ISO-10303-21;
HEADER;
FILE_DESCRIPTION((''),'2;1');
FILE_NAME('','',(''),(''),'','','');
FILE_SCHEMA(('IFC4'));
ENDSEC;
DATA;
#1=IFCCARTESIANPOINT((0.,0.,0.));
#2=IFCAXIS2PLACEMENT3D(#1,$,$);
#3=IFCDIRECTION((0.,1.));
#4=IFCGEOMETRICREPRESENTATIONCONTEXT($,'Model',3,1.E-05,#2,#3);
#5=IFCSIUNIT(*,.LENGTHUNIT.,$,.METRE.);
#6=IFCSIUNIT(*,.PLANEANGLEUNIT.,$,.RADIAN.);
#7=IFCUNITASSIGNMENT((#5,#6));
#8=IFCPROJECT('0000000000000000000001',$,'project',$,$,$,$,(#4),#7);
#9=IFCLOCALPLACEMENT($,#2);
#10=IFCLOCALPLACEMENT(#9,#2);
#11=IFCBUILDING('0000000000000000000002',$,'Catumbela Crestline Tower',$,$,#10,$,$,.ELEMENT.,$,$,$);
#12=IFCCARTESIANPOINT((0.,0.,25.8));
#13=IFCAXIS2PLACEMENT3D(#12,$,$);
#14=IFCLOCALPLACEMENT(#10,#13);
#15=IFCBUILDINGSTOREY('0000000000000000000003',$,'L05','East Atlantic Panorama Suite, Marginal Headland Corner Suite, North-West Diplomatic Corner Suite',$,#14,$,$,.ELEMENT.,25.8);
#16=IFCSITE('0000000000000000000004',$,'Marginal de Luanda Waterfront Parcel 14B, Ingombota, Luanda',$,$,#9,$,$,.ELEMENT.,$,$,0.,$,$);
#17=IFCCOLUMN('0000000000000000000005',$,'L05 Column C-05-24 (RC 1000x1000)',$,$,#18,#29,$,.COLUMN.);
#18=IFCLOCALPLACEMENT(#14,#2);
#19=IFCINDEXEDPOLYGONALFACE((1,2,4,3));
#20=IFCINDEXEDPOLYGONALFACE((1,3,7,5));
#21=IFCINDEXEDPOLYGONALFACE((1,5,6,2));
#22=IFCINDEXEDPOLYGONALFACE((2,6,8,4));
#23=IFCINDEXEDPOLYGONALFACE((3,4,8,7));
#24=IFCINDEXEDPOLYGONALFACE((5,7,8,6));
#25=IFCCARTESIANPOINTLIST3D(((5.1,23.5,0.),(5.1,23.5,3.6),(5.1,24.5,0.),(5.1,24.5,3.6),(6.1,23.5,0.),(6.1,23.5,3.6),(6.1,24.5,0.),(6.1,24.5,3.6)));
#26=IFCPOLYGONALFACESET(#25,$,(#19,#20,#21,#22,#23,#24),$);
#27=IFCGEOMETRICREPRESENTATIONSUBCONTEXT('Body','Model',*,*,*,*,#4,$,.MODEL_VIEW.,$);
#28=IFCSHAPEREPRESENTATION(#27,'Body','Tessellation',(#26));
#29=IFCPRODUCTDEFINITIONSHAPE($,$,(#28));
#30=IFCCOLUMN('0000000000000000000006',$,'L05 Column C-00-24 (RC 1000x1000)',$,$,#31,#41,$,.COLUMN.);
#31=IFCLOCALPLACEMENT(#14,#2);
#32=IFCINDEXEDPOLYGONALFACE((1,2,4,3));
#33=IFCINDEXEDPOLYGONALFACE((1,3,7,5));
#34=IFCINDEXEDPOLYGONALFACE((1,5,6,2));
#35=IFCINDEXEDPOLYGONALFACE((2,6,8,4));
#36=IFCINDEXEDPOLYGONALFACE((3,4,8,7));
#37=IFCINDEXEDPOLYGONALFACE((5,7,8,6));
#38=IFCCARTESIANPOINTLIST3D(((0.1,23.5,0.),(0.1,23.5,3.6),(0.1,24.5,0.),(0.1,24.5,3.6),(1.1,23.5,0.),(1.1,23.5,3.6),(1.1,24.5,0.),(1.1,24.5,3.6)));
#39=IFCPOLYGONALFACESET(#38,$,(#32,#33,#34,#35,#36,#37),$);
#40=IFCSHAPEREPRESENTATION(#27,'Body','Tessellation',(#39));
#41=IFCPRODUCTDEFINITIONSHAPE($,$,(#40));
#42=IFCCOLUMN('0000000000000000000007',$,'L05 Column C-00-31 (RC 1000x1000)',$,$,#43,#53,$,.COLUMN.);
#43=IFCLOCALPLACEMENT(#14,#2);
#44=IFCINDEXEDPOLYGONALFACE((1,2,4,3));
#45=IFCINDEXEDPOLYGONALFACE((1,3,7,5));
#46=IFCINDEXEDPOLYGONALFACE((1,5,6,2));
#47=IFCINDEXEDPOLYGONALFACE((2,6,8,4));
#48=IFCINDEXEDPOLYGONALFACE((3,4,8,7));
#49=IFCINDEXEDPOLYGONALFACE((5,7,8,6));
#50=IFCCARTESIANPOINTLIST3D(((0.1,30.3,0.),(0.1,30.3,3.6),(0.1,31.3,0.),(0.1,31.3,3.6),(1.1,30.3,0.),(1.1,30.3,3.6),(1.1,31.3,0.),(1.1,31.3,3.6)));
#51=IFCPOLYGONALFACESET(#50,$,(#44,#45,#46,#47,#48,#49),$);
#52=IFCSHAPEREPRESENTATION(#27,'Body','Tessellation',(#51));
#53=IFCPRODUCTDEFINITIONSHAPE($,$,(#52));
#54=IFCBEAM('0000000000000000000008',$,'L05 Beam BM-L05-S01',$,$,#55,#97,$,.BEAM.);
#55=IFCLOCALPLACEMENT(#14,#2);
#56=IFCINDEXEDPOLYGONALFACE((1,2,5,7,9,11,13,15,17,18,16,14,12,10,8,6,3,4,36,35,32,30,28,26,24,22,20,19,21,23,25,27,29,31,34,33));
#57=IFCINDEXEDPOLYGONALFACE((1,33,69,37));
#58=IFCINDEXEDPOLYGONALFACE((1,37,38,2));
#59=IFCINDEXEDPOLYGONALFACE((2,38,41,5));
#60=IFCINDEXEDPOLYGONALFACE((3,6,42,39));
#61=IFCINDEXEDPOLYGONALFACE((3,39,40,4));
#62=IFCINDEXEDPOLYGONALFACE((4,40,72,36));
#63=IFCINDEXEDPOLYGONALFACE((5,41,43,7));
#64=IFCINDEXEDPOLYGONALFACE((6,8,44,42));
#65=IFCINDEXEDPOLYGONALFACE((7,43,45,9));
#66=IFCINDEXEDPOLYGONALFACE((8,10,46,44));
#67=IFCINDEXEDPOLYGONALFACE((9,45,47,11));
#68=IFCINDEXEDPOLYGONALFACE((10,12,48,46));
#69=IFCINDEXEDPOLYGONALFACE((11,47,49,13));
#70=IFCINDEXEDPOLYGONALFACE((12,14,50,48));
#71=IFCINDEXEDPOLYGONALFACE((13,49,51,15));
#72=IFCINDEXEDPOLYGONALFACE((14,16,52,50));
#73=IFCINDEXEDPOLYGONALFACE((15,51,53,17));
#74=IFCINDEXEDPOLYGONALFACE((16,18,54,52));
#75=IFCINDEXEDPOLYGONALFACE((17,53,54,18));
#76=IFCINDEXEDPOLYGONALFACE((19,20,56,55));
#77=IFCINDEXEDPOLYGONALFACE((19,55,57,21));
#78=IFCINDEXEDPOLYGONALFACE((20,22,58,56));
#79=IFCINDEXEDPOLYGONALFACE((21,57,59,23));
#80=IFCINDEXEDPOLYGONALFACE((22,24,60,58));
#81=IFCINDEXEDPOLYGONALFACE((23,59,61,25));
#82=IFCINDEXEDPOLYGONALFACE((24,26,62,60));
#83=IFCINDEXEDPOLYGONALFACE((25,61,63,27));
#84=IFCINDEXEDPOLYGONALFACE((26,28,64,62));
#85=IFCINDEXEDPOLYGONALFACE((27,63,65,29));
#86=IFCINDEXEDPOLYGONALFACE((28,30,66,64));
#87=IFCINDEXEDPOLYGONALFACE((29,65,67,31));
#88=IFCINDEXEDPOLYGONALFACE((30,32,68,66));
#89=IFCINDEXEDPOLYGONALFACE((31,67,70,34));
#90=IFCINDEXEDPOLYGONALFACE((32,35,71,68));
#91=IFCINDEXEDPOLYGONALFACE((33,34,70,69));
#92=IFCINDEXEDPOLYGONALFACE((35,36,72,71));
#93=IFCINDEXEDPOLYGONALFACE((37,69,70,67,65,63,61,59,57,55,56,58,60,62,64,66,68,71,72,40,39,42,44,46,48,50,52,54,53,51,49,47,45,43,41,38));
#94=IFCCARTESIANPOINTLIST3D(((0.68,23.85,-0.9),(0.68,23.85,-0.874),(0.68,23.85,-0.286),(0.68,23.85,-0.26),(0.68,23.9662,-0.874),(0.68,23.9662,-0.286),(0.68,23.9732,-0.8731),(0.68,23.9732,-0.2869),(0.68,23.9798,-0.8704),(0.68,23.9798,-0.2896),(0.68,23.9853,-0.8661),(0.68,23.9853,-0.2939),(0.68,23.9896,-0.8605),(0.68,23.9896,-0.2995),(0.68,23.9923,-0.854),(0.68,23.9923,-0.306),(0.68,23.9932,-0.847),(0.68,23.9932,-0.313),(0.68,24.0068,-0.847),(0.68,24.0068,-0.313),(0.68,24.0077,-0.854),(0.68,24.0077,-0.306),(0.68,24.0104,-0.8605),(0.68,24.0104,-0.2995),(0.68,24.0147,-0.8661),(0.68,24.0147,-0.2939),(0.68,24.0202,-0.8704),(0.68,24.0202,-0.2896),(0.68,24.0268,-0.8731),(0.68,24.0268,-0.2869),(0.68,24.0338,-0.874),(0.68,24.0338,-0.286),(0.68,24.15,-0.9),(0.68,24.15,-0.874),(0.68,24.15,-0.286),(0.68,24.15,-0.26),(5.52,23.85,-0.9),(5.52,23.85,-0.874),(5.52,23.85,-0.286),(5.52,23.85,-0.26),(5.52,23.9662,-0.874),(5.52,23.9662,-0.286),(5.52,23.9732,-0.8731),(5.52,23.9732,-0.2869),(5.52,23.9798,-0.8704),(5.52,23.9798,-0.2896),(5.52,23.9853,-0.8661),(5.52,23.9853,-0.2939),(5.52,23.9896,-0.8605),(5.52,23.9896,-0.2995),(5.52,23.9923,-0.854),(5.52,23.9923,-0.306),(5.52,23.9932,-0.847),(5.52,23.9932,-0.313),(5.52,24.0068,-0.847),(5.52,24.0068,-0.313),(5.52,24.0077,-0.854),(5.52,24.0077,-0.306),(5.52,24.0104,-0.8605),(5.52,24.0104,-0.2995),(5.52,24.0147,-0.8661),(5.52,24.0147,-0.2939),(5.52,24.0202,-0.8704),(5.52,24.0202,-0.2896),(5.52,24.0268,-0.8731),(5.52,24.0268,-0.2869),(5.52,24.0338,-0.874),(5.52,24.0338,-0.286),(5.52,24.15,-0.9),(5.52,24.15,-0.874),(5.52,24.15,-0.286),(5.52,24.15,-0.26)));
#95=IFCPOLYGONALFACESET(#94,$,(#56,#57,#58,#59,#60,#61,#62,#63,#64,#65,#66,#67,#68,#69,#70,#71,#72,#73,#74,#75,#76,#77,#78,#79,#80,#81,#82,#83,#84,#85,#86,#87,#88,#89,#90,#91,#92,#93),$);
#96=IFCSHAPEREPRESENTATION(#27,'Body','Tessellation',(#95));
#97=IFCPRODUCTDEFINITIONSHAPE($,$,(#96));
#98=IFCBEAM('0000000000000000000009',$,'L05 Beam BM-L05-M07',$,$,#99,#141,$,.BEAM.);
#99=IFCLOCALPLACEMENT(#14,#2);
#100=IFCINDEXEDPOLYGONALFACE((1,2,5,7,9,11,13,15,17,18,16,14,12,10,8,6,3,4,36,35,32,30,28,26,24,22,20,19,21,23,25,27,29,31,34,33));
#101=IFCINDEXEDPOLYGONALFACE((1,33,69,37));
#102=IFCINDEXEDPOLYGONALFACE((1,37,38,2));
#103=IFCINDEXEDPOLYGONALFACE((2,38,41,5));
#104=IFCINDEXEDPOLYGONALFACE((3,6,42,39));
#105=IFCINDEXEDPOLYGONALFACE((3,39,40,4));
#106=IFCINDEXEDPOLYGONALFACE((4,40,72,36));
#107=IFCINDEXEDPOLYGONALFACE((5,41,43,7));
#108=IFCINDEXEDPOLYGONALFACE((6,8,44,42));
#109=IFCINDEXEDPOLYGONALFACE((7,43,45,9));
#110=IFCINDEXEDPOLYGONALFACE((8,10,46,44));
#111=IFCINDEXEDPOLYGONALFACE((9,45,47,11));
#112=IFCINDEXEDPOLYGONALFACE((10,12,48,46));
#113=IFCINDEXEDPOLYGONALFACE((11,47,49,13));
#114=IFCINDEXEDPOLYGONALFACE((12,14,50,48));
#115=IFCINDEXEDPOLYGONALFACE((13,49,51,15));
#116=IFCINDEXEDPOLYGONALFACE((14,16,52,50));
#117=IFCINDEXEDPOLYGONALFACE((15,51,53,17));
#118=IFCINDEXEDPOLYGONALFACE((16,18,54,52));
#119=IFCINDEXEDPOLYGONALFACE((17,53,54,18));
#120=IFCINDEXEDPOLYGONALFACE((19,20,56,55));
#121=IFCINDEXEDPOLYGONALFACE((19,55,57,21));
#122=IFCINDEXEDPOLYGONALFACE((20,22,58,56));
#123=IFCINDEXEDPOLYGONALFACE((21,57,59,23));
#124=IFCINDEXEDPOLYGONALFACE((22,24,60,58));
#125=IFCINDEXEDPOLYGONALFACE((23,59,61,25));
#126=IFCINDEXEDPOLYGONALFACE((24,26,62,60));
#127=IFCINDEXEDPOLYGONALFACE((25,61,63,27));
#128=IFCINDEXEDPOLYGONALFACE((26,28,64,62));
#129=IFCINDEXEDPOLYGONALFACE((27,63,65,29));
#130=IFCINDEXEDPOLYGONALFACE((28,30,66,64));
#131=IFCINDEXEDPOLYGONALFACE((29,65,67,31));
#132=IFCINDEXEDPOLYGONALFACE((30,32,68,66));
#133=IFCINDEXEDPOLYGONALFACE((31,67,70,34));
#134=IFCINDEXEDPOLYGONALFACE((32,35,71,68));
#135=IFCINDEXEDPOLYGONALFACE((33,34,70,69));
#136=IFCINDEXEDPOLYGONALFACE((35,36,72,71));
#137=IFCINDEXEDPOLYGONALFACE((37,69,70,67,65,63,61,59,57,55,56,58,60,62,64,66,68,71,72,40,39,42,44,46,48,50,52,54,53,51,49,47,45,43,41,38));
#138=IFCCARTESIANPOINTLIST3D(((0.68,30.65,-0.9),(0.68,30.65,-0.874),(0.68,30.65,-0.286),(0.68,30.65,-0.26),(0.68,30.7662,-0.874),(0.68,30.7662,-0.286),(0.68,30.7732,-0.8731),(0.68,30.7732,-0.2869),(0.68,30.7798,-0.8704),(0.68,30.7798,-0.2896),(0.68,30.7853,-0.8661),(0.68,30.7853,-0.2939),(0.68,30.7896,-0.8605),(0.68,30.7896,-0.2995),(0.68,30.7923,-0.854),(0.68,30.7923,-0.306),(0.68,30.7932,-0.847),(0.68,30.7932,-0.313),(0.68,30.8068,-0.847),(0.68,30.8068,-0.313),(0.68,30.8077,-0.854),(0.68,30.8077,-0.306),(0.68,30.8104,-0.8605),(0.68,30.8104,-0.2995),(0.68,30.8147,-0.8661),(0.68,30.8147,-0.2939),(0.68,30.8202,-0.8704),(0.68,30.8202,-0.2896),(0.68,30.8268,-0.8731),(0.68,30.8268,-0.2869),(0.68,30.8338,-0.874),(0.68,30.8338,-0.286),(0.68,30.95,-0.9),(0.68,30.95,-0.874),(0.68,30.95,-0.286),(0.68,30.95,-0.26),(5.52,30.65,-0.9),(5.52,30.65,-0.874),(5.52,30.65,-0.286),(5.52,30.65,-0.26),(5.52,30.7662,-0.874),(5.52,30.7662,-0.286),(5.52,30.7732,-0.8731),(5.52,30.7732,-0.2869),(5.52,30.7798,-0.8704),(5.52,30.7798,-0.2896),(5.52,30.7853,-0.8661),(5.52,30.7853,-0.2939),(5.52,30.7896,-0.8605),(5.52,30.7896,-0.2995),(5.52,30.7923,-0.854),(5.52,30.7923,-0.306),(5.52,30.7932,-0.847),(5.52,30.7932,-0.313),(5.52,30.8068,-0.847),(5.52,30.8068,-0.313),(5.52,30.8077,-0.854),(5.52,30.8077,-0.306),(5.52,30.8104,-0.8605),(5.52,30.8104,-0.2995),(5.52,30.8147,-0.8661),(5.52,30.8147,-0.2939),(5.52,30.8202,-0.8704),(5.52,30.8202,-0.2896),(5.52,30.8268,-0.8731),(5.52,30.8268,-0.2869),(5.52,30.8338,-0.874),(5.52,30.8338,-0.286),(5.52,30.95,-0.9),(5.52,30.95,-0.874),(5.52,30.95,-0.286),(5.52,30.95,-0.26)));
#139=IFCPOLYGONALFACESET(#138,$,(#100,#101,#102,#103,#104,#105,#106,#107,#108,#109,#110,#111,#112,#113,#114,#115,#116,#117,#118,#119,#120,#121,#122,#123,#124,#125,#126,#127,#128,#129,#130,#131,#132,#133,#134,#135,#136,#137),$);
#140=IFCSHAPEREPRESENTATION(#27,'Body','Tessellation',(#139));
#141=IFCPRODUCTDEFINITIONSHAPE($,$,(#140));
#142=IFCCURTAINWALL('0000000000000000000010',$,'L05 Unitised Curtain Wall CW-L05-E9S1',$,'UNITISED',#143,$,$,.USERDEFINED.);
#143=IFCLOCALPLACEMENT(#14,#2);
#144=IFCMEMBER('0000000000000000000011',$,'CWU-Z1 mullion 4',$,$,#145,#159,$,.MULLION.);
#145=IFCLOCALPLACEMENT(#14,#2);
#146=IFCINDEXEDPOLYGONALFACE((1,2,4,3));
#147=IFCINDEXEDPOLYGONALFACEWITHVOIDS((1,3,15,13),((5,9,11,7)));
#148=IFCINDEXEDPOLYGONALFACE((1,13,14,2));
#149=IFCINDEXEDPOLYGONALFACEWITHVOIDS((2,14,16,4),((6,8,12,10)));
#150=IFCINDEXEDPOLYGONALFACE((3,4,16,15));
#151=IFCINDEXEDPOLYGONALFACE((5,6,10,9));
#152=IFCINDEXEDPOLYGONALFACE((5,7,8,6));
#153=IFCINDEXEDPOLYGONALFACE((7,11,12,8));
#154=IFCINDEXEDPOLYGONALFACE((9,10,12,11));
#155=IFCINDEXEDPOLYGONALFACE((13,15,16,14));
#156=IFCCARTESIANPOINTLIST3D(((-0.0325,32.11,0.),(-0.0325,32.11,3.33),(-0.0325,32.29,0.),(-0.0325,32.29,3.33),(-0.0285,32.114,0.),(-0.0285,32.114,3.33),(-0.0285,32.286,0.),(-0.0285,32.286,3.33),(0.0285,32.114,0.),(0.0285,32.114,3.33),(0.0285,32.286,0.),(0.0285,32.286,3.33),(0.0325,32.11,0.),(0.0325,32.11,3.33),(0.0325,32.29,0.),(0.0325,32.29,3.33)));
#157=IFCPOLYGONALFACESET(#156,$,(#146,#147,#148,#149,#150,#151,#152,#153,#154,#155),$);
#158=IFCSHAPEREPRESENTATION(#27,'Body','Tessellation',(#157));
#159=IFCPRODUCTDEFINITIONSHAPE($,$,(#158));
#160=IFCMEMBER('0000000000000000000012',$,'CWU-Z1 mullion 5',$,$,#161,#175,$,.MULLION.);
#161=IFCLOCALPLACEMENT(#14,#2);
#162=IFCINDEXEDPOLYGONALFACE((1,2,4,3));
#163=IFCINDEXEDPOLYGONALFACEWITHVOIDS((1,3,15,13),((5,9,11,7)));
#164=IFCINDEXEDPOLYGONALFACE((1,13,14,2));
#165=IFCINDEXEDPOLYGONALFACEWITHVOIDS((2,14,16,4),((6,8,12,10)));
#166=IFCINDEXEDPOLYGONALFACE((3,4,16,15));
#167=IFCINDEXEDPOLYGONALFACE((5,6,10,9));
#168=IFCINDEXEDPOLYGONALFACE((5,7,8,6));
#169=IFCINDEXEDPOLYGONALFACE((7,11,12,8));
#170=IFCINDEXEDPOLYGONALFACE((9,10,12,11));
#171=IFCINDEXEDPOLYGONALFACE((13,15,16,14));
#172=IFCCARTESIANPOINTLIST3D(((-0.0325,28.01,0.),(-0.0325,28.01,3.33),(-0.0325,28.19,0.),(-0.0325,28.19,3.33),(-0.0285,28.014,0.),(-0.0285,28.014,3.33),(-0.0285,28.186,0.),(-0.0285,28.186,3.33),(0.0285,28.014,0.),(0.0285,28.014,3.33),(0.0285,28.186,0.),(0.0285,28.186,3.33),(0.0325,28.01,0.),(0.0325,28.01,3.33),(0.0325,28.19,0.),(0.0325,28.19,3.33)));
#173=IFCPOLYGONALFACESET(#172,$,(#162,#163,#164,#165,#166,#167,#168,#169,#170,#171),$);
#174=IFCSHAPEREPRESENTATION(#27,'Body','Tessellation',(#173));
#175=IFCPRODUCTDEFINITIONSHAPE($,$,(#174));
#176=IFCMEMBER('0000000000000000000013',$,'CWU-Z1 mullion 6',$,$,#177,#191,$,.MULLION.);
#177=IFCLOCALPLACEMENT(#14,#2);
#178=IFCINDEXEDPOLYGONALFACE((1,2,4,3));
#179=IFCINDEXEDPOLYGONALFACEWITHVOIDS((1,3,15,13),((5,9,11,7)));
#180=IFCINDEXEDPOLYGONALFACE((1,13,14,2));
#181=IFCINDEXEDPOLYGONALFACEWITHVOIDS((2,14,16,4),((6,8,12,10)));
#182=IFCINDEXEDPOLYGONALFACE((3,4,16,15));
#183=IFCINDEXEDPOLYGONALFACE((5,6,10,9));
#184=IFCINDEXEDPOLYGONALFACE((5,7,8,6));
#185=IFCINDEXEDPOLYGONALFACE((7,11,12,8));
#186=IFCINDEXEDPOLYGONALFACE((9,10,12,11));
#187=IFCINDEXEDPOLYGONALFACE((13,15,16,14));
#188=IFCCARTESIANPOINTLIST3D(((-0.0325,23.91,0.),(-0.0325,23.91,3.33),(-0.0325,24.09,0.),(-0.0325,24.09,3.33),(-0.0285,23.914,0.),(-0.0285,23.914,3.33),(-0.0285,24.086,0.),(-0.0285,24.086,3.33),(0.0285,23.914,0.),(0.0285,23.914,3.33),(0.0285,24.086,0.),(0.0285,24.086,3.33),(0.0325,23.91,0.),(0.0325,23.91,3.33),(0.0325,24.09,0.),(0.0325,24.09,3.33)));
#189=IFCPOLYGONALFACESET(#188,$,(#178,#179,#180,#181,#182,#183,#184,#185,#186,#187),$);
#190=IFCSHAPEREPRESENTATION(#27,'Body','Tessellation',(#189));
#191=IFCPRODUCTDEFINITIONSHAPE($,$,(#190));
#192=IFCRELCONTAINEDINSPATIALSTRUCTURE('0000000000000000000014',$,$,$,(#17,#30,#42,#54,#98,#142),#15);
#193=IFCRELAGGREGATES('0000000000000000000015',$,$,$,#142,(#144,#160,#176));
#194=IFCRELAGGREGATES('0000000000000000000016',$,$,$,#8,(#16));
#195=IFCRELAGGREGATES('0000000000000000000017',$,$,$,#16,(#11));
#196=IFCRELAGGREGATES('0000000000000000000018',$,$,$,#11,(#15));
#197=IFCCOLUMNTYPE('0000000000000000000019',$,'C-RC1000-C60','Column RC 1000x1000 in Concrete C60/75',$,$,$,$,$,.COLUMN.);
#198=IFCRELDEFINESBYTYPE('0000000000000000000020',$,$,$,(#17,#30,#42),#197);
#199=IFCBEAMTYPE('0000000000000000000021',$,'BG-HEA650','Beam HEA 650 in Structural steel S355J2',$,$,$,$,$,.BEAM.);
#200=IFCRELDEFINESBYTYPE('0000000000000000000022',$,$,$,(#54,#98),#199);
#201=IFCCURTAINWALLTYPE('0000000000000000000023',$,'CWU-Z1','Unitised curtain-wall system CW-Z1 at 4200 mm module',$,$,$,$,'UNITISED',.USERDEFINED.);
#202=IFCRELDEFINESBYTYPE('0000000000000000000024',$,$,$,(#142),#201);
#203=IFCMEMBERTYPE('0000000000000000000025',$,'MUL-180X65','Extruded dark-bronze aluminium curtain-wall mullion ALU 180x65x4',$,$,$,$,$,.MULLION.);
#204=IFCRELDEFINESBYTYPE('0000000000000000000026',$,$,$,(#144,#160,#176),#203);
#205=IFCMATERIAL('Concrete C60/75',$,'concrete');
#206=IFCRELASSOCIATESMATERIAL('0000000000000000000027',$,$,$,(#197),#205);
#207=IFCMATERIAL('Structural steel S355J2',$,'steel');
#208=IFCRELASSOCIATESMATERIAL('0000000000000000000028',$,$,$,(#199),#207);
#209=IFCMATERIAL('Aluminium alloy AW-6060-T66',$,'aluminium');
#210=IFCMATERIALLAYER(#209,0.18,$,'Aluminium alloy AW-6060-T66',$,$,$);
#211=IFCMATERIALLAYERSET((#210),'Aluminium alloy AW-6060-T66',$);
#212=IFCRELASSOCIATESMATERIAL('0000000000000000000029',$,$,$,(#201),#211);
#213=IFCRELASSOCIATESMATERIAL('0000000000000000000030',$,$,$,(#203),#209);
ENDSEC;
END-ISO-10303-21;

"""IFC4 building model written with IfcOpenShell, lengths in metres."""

from ifc_helpers import new_model, si_unit, direction, frame, origin, origin_2d, place, context, subcontext, project, spatial, rectangle, hollow_rectangle, i_section, extrude, material, layer, layer_set, material_profile, profile_set, type_object, element, aggregate, save


model = new_model("IFC4")

# Units and contexts
model_context = context("Model", 3, precision=1e-05, world=origin(), true_north=direction((0.0, 1.0)))
body_context = subcontext(model_context, "Body", "Model", "MODEL_VIEW")
ifc_project = project(units=[si_unit("LENGTHUNIT", "METRE"), si_unit("PLANEANGLEUNIT", "RADIAN")], contexts=[model_context])

# Site, building, storey
site_placement = place(None, origin())
site = spatial("IfcSite", under=ifc_project, at=site_placement, Name="Marginal de Luanda Waterfront Parcel 14B, Ingombota, Luanda", CompositionType="ELEMENT", RefElevation=0.0)
building_placement = place(site_placement, origin())
building = spatial("IfcBuilding", under=site, at=building_placement, Name="Catumbela Crestline Tower", CompositionType="ELEMENT")
storey_placement = place(building_placement, frame((0.0, 0.0, 25.8)))
storey = spatial("IfcBuildingStorey", under=building, at=storey_placement, Name="L05", Description="East Atlantic Panorama Suite, Marginal Headland Corner Suite, North-West Diplomatic Corner Suite", CompositionType="ELEMENT", Elevation=25.8)

# Columns
ifc_material_1 = material(Name="Concrete C60/75", Category="concrete")
ifc_material_profile_1 = material_profile(ifc_material_1, rectangle(XDim=1.0, YDim=1.0, at=origin_2d()), Name="RC 1000x1000")
ifc_profile_set_1 = profile_set([ifc_material_profile_1], Name="Concrete C60/75")
column_type = type_object("IfcColumnType", Name="C-RC1000-C60", Description="Column RC 1000x1000 in Concrete C60/75", PredefinedType="COLUMN", material=ifc_profile_set_1)
for number, where, z_axis, x_axis, name in (
    (1, (5.6, 24.0, 0.0), (0.0, 0.0, 1.0), (1.0, 0.0, 0.0), "L05 Column C-05-24 (RC 1000x1000)"),
    (2, (0.6, 24.0, 0.0), (0.0, 0.0, 1.0), (1.0, 0.0, 0.0), "L05 Column C-00-24 (RC 1000x1000)"),
    (3, (0.6, 30.8, 0.0), (0.0, 0.0, 1.0), (1.0, 0.0, 0.0), "L05 Column C-00-31 (RC 1000x1000)"),
):
    element("IfcColumn", number, at=place(storey_placement, frame(where, z_axis=z_axis, x_axis=x_axis)), inside=storey, type_object=column_type, Name=name, PredefinedType="COLUMN", context=body_context, shape_type="SweptSolid", body=[
        extrude(rectangle(XDim=1.0, YDim=1.0, at=origin_2d()), origin(), (0.0, 0.0, 1.0), 3.6),
    ])

# Beams
ifc_material_2 = material(Name="Structural steel S355J2", Category="steel")
ifc_material_profile_2 = material_profile(ifc_material_2, i_section(OverallWidth=0.3, OverallDepth=0.64, WebThickness=0.0135, FlangeThickness=0.026, FilletRadius=0.027, at=origin_2d()), Name="HEA 650")
ifc_profile_set_2 = profile_set([ifc_material_profile_2], Name="Structural steel S355J2")
beam_type_1 = type_object("IfcBeamType", Name="BG-HEA650", Description="Beam HEA 650 in Structural steel S355J2", PredefinedType="BEAM", material=ifc_profile_set_2)
for number, where, z_axis, x_axis, name in (
    (4, (0.68, 24.0, -0.58), (1.0, 0.0, 0.0), (0.0, 1.0, 0.0), "L05 Beam BM-L05-S01"),
    (5, (0.68, 30.8, -0.58), (1.0, 0.0, 0.0), (0.0, 1.0, 0.0), "L05 Beam BM-L05-M07"),
):
    element("IfcBeam", number, at=place(storey_placement, frame(where, z_axis=z_axis, x_axis=x_axis)), inside=storey, type_object=beam_type_1, Name=name, PredefinedType="BEAM", context=body_context, shape_type="SweptSolid", body=[
        extrude(i_section(OverallWidth=0.3, OverallDepth=0.64, WebThickness=0.0135, FlangeThickness=0.026, FilletRadius=0.027, at=origin_2d()), origin(), (0.0, 0.0, 1.0), 4.84),
    ])

# Curtain wall, members
ifc_material_3 = material(Name="Aluminium alloy AW-6060-T66", Category="aluminium")
ifc_layer_1 = layer(ifc_material_3, 0.18, Name="Aluminium alloy AW-6060-T66")
ifc_layer_set_1 = layer_set([ifc_layer_1], Name="Aluminium alloy AW-6060-T66")
curtain_wall_type = type_object("IfcCurtainWallType", Name="CWU-Z1", Description="Unitised curtain-wall system CW-Z1 at 4200 mm module", ElementType="UNITISED", PredefinedType="USERDEFINED", material=ifc_layer_set_1)
curtain_wall_placement = place(storey_placement, origin())
curtain_wall = element("IfcCurtainWall", 6, at=curtain_wall_placement, inside=storey, type_object=curtain_wall_type, Name="L05 Unitised Curtain Wall CW-L05-E9S1", ObjectType="UNITISED", PredefinedType="USERDEFINED")
ifc_material_profile_3 = material_profile(ifc_material_3, hollow_rectangle(XDim=0.065, YDim=0.18, WallThickness=0.004, at=origin_2d()), Name="ALU 180x65x4")
ifc_profile_set_3 = profile_set([ifc_material_profile_3], Name="Aluminium alloy AW-6060-T66")
member_type_1 = type_object("IfcMemberType", Name="MUL-180X65", Description="Extruded dark-bronze aluminium curtain-wall mullion ALU 180x65x4", PredefinedType="MULLION", material=ifc_profile_set_3)
member_1_placement = place(storey_placement, frame((0.0, 32.2, 0.0), z_axis=(0.0, 0.0, 1.0), x_axis=(1.0, 0.0, 0.0)))
member_1 = element("IfcMember", 7, at=member_1_placement, type_object=member_type_1, Name="CWU-Z1 mullion 4", PredefinedType="MULLION", context=body_context, shape_type="SweptSolid", body=[
    extrude(hollow_rectangle(XDim=0.065, YDim=0.18, WallThickness=0.004, at=origin_2d()), origin(), (0.0, 0.0, 1.0), 3.33),
])
member_2_placement = place(storey_placement, frame((0.0, 28.1, 0.0), z_axis=(0.0, 0.0, 1.0), x_axis=(1.0, 0.0, 0.0)))
member_2 = element("IfcMember", 8, at=member_2_placement, type_object=member_type_1, Name="CWU-Z1 mullion 5", PredefinedType="MULLION", context=body_context, shape_type="SweptSolid", body=[
    extrude(hollow_rectangle(XDim=0.065, YDim=0.18, WallThickness=0.004, at=origin_2d()), origin(), (0.0, 0.0, 1.0), 3.33),
])
member_3_placement = place(storey_placement, frame((0.0, 24.0, 0.0), z_axis=(0.0, 0.0, 1.0), x_axis=(1.0, 0.0, 0.0)))
member_3 = element("IfcMember", 9, at=member_3_placement, type_object=member_type_1, Name="CWU-Z1 mullion 6", PredefinedType="MULLION", context=body_context, shape_type="SweptSolid", body=[
    extrude(hollow_rectangle(XDim=0.065, YDim=0.18, WallThickness=0.004, at=origin_2d()), origin(), (0.0, 0.0, 1.0), 3.33),
])

aggregate(curtain_wall, [member_1, member_2, member_3])

save(model, "model.ifc")
